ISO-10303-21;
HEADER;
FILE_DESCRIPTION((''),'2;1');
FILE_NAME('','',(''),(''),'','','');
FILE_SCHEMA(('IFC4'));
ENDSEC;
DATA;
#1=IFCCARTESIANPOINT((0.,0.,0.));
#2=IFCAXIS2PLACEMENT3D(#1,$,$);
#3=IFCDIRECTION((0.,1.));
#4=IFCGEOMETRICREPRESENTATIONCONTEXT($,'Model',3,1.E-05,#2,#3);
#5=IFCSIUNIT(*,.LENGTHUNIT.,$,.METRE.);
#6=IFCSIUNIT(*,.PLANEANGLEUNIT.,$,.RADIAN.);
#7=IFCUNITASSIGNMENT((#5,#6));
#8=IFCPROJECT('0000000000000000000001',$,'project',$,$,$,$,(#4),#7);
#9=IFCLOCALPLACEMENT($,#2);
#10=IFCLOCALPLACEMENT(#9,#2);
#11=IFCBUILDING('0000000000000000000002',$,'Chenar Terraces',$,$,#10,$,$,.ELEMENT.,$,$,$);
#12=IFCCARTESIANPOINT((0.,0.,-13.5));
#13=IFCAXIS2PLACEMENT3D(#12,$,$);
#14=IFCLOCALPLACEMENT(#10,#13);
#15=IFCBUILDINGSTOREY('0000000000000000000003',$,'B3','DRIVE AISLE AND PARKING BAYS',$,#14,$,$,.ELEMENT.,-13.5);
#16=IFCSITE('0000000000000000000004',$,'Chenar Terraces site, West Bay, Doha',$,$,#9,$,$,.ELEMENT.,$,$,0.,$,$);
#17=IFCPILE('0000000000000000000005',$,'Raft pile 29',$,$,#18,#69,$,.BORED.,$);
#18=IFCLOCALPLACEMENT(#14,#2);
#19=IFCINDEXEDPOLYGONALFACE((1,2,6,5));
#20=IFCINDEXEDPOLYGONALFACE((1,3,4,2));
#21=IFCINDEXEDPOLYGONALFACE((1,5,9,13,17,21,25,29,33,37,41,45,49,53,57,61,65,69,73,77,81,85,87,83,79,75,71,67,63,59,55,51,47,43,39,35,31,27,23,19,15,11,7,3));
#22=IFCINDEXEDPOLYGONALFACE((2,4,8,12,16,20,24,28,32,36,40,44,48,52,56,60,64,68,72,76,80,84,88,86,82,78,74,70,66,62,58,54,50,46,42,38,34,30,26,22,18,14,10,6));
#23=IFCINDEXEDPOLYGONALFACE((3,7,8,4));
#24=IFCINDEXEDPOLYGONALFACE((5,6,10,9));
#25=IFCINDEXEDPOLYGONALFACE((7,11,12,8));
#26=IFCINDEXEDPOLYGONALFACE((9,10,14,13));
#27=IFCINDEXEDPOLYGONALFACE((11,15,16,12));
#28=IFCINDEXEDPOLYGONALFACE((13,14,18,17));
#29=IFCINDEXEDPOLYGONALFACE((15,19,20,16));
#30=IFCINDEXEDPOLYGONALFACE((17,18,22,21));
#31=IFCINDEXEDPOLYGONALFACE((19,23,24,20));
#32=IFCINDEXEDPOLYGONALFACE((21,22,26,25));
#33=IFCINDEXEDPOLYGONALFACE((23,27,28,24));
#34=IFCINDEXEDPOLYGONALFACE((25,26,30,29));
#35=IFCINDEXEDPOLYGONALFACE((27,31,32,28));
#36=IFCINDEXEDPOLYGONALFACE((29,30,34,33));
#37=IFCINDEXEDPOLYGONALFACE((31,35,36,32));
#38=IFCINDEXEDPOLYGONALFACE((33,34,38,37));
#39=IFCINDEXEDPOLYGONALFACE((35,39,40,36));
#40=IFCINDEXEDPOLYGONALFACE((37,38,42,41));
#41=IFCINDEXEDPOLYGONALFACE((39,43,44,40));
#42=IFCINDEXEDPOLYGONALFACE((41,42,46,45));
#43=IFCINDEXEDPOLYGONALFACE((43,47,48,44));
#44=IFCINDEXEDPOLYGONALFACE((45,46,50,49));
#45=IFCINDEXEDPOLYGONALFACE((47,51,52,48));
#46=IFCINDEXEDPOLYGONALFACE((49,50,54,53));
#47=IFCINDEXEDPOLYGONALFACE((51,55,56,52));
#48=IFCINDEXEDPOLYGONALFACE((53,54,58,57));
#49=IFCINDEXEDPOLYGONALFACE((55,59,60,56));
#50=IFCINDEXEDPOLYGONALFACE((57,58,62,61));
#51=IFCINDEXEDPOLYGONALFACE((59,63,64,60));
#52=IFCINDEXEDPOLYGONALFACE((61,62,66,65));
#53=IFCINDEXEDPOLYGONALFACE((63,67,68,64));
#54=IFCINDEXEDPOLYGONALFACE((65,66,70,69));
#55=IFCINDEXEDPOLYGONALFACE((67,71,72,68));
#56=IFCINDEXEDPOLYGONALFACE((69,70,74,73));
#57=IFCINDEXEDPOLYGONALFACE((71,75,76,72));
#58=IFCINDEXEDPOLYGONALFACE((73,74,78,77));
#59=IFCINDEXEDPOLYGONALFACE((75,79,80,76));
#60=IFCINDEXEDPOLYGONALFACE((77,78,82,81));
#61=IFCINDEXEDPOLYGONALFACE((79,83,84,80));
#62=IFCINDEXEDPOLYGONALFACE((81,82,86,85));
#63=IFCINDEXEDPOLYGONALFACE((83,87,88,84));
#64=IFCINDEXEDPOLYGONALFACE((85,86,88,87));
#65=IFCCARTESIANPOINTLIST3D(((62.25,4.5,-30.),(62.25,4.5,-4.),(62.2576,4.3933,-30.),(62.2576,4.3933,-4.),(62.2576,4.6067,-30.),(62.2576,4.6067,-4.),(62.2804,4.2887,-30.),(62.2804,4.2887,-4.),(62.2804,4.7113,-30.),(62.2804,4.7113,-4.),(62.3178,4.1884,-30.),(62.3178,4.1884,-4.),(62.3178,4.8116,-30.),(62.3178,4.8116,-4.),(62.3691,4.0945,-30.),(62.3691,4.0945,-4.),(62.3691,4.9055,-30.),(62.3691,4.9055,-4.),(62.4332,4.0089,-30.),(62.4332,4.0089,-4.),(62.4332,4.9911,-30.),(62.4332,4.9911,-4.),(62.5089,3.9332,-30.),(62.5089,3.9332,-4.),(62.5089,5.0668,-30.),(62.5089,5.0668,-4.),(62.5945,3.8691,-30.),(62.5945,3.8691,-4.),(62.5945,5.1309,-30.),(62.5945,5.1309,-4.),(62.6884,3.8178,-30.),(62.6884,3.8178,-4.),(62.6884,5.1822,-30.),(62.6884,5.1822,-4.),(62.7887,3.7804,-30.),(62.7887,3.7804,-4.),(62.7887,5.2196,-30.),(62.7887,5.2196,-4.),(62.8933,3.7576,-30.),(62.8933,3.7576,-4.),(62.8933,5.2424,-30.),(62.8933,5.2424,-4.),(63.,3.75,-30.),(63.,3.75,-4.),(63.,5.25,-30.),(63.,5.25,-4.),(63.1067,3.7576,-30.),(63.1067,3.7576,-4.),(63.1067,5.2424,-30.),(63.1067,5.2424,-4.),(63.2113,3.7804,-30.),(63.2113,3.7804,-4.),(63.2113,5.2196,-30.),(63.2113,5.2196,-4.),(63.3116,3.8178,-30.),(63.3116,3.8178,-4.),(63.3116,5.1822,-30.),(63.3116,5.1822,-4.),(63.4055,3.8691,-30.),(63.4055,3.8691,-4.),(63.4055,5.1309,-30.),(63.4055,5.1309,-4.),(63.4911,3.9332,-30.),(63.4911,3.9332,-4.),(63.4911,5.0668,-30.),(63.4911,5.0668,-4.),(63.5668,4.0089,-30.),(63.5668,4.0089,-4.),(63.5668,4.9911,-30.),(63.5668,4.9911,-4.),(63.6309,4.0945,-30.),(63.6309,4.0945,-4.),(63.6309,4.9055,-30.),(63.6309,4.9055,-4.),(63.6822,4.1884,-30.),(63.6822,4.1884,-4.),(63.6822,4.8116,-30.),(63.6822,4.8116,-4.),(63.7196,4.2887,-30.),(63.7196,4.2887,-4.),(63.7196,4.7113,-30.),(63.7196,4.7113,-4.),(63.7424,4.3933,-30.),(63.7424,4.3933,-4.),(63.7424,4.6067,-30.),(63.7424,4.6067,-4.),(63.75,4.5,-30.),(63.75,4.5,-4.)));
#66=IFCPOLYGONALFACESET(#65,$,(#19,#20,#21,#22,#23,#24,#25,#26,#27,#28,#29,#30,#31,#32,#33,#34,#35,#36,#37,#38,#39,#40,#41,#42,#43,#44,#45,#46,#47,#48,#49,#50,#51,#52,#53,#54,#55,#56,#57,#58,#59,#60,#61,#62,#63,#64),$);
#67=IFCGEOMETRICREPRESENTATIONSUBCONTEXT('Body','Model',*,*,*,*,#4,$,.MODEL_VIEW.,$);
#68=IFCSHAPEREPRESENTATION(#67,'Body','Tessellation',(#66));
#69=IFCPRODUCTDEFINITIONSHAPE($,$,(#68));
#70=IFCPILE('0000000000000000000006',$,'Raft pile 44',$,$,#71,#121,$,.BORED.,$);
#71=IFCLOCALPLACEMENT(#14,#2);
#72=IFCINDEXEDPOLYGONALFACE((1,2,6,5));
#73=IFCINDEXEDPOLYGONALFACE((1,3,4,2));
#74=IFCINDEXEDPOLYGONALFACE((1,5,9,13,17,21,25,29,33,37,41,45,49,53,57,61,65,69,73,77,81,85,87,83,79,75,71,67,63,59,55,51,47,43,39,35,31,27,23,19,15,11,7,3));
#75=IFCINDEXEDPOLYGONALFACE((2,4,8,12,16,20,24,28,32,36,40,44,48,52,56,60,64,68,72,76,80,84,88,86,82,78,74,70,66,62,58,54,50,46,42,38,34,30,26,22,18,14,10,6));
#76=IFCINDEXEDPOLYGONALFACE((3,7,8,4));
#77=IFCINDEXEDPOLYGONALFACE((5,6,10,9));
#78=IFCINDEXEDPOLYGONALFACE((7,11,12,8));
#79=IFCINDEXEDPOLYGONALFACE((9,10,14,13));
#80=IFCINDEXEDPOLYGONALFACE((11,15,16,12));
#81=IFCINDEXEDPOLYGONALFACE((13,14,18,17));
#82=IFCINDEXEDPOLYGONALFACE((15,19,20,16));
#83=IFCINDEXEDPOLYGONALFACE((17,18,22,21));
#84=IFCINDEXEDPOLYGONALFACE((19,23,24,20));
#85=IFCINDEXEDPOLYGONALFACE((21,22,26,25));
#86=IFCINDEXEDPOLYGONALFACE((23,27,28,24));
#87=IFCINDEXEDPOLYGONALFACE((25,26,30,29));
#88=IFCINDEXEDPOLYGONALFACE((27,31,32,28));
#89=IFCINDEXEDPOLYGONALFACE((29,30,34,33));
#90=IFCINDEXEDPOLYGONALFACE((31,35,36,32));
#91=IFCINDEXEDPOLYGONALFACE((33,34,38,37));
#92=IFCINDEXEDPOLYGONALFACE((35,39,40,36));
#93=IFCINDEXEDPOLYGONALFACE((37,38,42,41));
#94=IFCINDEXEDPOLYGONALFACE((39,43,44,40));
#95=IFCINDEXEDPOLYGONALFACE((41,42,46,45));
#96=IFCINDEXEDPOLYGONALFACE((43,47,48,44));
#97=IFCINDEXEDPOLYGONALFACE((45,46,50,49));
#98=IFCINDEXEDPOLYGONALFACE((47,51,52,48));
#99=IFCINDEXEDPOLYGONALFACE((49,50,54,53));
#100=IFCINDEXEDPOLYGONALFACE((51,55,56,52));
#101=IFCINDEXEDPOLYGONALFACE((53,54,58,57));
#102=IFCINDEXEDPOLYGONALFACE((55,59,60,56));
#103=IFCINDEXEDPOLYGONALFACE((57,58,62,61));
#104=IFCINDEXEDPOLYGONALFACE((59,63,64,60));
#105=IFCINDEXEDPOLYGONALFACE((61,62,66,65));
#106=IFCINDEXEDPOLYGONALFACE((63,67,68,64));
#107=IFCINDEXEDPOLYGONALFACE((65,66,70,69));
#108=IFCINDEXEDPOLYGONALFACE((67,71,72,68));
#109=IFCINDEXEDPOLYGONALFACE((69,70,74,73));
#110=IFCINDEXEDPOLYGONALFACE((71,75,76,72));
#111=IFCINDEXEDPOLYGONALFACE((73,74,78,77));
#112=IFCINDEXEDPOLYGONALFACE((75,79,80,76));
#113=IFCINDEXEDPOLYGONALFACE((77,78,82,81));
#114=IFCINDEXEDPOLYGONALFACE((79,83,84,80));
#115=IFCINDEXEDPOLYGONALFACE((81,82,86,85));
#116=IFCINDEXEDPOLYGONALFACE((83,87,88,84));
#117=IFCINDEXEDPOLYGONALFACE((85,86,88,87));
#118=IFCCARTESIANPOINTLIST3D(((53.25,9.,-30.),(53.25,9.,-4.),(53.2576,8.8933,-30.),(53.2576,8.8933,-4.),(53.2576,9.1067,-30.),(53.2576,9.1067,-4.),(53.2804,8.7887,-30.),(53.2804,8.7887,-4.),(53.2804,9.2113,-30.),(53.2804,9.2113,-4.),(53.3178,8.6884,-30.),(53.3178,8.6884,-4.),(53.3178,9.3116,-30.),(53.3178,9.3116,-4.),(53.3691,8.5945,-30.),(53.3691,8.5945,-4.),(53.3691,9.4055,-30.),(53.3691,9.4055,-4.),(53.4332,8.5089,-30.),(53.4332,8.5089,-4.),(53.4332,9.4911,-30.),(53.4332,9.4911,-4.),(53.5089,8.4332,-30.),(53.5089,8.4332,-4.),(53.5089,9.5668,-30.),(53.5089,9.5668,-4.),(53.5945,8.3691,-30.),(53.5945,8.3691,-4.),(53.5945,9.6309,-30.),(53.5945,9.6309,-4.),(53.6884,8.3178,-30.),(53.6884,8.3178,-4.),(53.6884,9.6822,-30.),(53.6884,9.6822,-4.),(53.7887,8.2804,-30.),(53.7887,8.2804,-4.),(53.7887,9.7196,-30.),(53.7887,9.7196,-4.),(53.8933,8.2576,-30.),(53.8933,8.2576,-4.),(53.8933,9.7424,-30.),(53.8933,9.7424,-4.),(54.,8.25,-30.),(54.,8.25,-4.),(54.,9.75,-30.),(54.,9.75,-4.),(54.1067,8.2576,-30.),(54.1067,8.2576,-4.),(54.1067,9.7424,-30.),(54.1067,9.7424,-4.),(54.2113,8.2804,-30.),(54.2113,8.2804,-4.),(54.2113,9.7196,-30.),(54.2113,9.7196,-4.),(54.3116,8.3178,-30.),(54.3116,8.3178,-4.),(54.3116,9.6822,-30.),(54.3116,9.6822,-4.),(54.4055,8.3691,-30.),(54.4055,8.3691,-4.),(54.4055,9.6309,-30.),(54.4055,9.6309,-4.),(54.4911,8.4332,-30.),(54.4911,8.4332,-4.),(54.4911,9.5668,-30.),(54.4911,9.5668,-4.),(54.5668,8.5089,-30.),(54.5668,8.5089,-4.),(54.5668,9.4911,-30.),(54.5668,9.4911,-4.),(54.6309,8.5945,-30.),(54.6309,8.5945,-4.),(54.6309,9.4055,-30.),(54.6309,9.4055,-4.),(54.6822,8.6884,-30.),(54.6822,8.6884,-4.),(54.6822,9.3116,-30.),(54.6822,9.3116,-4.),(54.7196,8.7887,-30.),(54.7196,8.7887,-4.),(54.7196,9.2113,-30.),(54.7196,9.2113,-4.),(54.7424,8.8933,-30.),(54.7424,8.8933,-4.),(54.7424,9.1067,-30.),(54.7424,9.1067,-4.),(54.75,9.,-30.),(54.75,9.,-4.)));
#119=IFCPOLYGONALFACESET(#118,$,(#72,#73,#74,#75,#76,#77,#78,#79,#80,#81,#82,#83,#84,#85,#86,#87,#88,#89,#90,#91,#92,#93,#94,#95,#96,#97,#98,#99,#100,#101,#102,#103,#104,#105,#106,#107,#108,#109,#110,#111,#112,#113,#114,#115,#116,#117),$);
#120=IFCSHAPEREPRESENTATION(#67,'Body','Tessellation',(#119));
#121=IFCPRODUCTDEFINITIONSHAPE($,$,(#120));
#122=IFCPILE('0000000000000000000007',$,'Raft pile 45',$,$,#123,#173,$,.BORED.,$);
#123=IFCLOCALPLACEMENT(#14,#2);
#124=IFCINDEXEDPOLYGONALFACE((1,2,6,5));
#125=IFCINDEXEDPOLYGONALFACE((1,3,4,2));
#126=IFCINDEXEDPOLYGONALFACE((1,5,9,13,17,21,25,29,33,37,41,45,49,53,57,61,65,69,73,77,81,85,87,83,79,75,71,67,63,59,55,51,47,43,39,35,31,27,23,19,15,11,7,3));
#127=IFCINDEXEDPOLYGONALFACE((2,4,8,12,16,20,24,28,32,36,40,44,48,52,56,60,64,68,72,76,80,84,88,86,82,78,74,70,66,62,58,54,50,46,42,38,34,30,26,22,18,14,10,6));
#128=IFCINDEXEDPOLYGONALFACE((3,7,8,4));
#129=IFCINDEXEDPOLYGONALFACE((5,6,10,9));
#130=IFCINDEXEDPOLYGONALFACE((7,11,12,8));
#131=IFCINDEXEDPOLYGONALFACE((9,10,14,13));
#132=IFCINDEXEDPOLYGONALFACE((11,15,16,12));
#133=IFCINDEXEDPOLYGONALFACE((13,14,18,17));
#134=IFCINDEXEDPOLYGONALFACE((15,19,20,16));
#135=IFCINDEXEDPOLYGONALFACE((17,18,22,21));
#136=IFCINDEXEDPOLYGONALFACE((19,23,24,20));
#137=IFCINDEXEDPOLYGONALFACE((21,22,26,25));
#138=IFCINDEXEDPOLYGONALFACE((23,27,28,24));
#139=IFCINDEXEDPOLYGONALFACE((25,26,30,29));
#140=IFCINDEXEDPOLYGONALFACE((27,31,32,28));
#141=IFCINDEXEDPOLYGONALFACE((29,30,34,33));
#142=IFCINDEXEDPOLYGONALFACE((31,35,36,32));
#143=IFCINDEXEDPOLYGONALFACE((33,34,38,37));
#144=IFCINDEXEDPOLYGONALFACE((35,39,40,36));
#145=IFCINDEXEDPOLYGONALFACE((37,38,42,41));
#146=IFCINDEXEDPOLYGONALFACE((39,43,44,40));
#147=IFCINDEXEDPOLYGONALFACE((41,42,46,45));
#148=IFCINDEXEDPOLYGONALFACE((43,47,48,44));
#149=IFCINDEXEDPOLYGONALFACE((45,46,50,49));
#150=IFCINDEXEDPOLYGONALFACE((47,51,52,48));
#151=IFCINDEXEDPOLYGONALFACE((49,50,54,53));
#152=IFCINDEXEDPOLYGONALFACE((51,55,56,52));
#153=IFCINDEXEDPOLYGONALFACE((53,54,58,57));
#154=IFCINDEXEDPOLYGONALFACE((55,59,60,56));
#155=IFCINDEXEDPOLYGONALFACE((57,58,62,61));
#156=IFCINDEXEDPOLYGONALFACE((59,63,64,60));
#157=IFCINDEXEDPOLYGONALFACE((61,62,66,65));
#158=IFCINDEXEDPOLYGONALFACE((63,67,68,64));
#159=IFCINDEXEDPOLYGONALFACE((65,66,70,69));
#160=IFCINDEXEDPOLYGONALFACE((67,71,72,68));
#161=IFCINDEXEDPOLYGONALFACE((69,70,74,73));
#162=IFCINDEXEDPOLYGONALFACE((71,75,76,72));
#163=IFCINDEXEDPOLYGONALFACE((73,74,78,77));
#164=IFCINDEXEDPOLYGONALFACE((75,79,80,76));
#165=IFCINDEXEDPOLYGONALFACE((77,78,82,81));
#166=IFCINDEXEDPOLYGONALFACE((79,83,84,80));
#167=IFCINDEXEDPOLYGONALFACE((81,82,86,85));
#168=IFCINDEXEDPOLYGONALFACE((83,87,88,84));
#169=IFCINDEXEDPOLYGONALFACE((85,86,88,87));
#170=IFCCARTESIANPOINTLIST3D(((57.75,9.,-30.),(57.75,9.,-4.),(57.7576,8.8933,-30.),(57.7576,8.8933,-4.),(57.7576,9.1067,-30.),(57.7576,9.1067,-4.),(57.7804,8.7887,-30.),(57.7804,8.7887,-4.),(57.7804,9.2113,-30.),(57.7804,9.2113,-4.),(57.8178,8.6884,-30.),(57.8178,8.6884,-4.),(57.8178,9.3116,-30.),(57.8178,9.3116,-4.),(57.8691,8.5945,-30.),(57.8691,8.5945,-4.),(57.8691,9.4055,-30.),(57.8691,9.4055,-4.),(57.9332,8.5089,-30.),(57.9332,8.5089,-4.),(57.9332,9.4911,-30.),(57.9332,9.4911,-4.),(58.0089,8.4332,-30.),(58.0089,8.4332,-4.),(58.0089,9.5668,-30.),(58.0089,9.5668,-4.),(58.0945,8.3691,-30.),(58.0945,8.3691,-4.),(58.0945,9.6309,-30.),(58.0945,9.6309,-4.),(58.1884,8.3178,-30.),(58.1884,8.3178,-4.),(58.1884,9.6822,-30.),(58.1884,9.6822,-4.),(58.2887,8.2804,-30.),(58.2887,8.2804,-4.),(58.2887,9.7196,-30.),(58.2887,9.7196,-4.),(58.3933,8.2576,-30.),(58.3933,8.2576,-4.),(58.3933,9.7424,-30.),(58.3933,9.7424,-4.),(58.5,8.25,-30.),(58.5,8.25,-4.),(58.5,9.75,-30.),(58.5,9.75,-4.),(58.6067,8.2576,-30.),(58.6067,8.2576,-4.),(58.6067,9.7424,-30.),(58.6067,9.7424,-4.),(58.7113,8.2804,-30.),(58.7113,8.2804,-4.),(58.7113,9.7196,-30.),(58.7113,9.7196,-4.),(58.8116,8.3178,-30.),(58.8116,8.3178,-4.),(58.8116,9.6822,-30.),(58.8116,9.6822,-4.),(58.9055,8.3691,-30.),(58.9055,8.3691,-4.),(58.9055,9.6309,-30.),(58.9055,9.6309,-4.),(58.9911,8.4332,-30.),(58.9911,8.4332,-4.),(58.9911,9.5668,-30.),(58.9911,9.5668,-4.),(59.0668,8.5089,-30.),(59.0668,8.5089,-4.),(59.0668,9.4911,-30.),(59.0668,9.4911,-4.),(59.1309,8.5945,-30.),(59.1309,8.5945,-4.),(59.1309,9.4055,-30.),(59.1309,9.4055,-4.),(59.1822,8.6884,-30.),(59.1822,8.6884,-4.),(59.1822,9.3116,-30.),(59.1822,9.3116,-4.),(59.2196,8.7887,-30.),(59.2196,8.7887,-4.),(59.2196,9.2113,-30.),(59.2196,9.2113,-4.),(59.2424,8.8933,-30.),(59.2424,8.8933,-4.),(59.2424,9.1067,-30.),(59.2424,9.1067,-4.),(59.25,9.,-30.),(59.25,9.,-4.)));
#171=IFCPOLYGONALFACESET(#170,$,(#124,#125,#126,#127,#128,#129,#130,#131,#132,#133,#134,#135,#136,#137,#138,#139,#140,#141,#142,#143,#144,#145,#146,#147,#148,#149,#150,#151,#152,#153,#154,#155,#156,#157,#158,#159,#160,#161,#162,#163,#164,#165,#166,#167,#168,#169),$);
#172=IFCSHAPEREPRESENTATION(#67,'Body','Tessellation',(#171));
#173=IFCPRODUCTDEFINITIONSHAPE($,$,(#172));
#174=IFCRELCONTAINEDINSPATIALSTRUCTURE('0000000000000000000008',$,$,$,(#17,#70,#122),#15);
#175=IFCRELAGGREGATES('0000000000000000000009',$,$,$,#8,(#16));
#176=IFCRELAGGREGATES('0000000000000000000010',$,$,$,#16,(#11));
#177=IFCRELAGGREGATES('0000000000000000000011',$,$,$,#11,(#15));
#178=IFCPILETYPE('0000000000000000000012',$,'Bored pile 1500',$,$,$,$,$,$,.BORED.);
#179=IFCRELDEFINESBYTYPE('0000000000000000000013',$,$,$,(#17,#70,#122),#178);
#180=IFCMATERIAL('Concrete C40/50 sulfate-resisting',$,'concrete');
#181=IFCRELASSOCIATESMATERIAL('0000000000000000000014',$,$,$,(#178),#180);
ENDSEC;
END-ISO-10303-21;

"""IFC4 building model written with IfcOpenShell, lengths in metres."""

from ifc_helpers import new_model, si_unit, direction, frame, origin, origin_2d, place, context, subcontext, project, spatial, circle, extrude, material, material_profile, profile_set, type_object, element, save


model = new_model("IFC4")

# Units and contexts
model_context = context("Model", 3, precision=1e-05, world=origin(), true_north=direction((0.0, 1.0)))
body_context = subcontext(model_context, "Body", "Model", "MODEL_VIEW")
ifc_project = project(units=[si_unit("LENGTHUNIT", "METRE"), si_unit("PLANEANGLEUNIT", "RADIAN")], contexts=[model_context])

# Site, building, storey
site_placement = place(None, origin())
site = spatial("IfcSite", under=ifc_project, at=site_placement, Name="Chenar Terraces site, West Bay, Doha", CompositionType="ELEMENT", RefElevation=0.0)
building_placement = place(site_placement, origin())
building = spatial("IfcBuilding", under=site, at=building_placement, Name="Chenar Terraces", CompositionType="ELEMENT")
storey_placement = place(building_placement, frame((0.0, 0.0, -13.5)))
storey = spatial("IfcBuildingStorey", under=building, at=storey_placement, Name="B3", Description="DRIVE AISLE AND PARKING BAYS", CompositionType="ELEMENT", Elevation=-13.5)

# Piles
ifc_material_1 = material(Name="Concrete C40/50 sulfate-resisting", Category="concrete")
ifc_material_profile_1 = material_profile(ifc_material_1, circle(Radius=0.75, at=origin_2d()), Name="BP 1500")
ifc_profile_set_1 = profile_set([ifc_material_profile_1], Name="Concrete C40/50 sulfate-resisting")
pile_type = type_object("IfcPileType", Name="Bored pile 1500", PredefinedType="BORED", material=ifc_profile_set_1)
for number, where, z_axis, x_axis, name in (
    (1, (63.0, 4.5, -4.0), (0.0, 0.0, -1.0), (1.0, 0.0, 0.0), "Raft pile 29"),
    (2, (54.0, 9.0, -4.0), (0.0, 0.0, -1.0), (1.0, 0.0, 0.0), "Raft pile 44"),
    (3, (58.5, 9.0, -4.0), (0.0, 0.0, -1.0), (1.0, 0.0, 0.0), "Raft pile 45"),
):
    element("IfcPile", number, at=place(storey_placement, frame(where, z_axis=z_axis, x_axis=x_axis)), inside=storey, type_object=pile_type, Name=name, PredefinedType="BORED", context=body_context, shape_type="SweptSolid", body=[
        extrude(circle(Radius=0.75, at=origin_2d()), origin(), (0.0, 0.0, 1.0), 26.0),
    ])

save(model, "model.ifc")
